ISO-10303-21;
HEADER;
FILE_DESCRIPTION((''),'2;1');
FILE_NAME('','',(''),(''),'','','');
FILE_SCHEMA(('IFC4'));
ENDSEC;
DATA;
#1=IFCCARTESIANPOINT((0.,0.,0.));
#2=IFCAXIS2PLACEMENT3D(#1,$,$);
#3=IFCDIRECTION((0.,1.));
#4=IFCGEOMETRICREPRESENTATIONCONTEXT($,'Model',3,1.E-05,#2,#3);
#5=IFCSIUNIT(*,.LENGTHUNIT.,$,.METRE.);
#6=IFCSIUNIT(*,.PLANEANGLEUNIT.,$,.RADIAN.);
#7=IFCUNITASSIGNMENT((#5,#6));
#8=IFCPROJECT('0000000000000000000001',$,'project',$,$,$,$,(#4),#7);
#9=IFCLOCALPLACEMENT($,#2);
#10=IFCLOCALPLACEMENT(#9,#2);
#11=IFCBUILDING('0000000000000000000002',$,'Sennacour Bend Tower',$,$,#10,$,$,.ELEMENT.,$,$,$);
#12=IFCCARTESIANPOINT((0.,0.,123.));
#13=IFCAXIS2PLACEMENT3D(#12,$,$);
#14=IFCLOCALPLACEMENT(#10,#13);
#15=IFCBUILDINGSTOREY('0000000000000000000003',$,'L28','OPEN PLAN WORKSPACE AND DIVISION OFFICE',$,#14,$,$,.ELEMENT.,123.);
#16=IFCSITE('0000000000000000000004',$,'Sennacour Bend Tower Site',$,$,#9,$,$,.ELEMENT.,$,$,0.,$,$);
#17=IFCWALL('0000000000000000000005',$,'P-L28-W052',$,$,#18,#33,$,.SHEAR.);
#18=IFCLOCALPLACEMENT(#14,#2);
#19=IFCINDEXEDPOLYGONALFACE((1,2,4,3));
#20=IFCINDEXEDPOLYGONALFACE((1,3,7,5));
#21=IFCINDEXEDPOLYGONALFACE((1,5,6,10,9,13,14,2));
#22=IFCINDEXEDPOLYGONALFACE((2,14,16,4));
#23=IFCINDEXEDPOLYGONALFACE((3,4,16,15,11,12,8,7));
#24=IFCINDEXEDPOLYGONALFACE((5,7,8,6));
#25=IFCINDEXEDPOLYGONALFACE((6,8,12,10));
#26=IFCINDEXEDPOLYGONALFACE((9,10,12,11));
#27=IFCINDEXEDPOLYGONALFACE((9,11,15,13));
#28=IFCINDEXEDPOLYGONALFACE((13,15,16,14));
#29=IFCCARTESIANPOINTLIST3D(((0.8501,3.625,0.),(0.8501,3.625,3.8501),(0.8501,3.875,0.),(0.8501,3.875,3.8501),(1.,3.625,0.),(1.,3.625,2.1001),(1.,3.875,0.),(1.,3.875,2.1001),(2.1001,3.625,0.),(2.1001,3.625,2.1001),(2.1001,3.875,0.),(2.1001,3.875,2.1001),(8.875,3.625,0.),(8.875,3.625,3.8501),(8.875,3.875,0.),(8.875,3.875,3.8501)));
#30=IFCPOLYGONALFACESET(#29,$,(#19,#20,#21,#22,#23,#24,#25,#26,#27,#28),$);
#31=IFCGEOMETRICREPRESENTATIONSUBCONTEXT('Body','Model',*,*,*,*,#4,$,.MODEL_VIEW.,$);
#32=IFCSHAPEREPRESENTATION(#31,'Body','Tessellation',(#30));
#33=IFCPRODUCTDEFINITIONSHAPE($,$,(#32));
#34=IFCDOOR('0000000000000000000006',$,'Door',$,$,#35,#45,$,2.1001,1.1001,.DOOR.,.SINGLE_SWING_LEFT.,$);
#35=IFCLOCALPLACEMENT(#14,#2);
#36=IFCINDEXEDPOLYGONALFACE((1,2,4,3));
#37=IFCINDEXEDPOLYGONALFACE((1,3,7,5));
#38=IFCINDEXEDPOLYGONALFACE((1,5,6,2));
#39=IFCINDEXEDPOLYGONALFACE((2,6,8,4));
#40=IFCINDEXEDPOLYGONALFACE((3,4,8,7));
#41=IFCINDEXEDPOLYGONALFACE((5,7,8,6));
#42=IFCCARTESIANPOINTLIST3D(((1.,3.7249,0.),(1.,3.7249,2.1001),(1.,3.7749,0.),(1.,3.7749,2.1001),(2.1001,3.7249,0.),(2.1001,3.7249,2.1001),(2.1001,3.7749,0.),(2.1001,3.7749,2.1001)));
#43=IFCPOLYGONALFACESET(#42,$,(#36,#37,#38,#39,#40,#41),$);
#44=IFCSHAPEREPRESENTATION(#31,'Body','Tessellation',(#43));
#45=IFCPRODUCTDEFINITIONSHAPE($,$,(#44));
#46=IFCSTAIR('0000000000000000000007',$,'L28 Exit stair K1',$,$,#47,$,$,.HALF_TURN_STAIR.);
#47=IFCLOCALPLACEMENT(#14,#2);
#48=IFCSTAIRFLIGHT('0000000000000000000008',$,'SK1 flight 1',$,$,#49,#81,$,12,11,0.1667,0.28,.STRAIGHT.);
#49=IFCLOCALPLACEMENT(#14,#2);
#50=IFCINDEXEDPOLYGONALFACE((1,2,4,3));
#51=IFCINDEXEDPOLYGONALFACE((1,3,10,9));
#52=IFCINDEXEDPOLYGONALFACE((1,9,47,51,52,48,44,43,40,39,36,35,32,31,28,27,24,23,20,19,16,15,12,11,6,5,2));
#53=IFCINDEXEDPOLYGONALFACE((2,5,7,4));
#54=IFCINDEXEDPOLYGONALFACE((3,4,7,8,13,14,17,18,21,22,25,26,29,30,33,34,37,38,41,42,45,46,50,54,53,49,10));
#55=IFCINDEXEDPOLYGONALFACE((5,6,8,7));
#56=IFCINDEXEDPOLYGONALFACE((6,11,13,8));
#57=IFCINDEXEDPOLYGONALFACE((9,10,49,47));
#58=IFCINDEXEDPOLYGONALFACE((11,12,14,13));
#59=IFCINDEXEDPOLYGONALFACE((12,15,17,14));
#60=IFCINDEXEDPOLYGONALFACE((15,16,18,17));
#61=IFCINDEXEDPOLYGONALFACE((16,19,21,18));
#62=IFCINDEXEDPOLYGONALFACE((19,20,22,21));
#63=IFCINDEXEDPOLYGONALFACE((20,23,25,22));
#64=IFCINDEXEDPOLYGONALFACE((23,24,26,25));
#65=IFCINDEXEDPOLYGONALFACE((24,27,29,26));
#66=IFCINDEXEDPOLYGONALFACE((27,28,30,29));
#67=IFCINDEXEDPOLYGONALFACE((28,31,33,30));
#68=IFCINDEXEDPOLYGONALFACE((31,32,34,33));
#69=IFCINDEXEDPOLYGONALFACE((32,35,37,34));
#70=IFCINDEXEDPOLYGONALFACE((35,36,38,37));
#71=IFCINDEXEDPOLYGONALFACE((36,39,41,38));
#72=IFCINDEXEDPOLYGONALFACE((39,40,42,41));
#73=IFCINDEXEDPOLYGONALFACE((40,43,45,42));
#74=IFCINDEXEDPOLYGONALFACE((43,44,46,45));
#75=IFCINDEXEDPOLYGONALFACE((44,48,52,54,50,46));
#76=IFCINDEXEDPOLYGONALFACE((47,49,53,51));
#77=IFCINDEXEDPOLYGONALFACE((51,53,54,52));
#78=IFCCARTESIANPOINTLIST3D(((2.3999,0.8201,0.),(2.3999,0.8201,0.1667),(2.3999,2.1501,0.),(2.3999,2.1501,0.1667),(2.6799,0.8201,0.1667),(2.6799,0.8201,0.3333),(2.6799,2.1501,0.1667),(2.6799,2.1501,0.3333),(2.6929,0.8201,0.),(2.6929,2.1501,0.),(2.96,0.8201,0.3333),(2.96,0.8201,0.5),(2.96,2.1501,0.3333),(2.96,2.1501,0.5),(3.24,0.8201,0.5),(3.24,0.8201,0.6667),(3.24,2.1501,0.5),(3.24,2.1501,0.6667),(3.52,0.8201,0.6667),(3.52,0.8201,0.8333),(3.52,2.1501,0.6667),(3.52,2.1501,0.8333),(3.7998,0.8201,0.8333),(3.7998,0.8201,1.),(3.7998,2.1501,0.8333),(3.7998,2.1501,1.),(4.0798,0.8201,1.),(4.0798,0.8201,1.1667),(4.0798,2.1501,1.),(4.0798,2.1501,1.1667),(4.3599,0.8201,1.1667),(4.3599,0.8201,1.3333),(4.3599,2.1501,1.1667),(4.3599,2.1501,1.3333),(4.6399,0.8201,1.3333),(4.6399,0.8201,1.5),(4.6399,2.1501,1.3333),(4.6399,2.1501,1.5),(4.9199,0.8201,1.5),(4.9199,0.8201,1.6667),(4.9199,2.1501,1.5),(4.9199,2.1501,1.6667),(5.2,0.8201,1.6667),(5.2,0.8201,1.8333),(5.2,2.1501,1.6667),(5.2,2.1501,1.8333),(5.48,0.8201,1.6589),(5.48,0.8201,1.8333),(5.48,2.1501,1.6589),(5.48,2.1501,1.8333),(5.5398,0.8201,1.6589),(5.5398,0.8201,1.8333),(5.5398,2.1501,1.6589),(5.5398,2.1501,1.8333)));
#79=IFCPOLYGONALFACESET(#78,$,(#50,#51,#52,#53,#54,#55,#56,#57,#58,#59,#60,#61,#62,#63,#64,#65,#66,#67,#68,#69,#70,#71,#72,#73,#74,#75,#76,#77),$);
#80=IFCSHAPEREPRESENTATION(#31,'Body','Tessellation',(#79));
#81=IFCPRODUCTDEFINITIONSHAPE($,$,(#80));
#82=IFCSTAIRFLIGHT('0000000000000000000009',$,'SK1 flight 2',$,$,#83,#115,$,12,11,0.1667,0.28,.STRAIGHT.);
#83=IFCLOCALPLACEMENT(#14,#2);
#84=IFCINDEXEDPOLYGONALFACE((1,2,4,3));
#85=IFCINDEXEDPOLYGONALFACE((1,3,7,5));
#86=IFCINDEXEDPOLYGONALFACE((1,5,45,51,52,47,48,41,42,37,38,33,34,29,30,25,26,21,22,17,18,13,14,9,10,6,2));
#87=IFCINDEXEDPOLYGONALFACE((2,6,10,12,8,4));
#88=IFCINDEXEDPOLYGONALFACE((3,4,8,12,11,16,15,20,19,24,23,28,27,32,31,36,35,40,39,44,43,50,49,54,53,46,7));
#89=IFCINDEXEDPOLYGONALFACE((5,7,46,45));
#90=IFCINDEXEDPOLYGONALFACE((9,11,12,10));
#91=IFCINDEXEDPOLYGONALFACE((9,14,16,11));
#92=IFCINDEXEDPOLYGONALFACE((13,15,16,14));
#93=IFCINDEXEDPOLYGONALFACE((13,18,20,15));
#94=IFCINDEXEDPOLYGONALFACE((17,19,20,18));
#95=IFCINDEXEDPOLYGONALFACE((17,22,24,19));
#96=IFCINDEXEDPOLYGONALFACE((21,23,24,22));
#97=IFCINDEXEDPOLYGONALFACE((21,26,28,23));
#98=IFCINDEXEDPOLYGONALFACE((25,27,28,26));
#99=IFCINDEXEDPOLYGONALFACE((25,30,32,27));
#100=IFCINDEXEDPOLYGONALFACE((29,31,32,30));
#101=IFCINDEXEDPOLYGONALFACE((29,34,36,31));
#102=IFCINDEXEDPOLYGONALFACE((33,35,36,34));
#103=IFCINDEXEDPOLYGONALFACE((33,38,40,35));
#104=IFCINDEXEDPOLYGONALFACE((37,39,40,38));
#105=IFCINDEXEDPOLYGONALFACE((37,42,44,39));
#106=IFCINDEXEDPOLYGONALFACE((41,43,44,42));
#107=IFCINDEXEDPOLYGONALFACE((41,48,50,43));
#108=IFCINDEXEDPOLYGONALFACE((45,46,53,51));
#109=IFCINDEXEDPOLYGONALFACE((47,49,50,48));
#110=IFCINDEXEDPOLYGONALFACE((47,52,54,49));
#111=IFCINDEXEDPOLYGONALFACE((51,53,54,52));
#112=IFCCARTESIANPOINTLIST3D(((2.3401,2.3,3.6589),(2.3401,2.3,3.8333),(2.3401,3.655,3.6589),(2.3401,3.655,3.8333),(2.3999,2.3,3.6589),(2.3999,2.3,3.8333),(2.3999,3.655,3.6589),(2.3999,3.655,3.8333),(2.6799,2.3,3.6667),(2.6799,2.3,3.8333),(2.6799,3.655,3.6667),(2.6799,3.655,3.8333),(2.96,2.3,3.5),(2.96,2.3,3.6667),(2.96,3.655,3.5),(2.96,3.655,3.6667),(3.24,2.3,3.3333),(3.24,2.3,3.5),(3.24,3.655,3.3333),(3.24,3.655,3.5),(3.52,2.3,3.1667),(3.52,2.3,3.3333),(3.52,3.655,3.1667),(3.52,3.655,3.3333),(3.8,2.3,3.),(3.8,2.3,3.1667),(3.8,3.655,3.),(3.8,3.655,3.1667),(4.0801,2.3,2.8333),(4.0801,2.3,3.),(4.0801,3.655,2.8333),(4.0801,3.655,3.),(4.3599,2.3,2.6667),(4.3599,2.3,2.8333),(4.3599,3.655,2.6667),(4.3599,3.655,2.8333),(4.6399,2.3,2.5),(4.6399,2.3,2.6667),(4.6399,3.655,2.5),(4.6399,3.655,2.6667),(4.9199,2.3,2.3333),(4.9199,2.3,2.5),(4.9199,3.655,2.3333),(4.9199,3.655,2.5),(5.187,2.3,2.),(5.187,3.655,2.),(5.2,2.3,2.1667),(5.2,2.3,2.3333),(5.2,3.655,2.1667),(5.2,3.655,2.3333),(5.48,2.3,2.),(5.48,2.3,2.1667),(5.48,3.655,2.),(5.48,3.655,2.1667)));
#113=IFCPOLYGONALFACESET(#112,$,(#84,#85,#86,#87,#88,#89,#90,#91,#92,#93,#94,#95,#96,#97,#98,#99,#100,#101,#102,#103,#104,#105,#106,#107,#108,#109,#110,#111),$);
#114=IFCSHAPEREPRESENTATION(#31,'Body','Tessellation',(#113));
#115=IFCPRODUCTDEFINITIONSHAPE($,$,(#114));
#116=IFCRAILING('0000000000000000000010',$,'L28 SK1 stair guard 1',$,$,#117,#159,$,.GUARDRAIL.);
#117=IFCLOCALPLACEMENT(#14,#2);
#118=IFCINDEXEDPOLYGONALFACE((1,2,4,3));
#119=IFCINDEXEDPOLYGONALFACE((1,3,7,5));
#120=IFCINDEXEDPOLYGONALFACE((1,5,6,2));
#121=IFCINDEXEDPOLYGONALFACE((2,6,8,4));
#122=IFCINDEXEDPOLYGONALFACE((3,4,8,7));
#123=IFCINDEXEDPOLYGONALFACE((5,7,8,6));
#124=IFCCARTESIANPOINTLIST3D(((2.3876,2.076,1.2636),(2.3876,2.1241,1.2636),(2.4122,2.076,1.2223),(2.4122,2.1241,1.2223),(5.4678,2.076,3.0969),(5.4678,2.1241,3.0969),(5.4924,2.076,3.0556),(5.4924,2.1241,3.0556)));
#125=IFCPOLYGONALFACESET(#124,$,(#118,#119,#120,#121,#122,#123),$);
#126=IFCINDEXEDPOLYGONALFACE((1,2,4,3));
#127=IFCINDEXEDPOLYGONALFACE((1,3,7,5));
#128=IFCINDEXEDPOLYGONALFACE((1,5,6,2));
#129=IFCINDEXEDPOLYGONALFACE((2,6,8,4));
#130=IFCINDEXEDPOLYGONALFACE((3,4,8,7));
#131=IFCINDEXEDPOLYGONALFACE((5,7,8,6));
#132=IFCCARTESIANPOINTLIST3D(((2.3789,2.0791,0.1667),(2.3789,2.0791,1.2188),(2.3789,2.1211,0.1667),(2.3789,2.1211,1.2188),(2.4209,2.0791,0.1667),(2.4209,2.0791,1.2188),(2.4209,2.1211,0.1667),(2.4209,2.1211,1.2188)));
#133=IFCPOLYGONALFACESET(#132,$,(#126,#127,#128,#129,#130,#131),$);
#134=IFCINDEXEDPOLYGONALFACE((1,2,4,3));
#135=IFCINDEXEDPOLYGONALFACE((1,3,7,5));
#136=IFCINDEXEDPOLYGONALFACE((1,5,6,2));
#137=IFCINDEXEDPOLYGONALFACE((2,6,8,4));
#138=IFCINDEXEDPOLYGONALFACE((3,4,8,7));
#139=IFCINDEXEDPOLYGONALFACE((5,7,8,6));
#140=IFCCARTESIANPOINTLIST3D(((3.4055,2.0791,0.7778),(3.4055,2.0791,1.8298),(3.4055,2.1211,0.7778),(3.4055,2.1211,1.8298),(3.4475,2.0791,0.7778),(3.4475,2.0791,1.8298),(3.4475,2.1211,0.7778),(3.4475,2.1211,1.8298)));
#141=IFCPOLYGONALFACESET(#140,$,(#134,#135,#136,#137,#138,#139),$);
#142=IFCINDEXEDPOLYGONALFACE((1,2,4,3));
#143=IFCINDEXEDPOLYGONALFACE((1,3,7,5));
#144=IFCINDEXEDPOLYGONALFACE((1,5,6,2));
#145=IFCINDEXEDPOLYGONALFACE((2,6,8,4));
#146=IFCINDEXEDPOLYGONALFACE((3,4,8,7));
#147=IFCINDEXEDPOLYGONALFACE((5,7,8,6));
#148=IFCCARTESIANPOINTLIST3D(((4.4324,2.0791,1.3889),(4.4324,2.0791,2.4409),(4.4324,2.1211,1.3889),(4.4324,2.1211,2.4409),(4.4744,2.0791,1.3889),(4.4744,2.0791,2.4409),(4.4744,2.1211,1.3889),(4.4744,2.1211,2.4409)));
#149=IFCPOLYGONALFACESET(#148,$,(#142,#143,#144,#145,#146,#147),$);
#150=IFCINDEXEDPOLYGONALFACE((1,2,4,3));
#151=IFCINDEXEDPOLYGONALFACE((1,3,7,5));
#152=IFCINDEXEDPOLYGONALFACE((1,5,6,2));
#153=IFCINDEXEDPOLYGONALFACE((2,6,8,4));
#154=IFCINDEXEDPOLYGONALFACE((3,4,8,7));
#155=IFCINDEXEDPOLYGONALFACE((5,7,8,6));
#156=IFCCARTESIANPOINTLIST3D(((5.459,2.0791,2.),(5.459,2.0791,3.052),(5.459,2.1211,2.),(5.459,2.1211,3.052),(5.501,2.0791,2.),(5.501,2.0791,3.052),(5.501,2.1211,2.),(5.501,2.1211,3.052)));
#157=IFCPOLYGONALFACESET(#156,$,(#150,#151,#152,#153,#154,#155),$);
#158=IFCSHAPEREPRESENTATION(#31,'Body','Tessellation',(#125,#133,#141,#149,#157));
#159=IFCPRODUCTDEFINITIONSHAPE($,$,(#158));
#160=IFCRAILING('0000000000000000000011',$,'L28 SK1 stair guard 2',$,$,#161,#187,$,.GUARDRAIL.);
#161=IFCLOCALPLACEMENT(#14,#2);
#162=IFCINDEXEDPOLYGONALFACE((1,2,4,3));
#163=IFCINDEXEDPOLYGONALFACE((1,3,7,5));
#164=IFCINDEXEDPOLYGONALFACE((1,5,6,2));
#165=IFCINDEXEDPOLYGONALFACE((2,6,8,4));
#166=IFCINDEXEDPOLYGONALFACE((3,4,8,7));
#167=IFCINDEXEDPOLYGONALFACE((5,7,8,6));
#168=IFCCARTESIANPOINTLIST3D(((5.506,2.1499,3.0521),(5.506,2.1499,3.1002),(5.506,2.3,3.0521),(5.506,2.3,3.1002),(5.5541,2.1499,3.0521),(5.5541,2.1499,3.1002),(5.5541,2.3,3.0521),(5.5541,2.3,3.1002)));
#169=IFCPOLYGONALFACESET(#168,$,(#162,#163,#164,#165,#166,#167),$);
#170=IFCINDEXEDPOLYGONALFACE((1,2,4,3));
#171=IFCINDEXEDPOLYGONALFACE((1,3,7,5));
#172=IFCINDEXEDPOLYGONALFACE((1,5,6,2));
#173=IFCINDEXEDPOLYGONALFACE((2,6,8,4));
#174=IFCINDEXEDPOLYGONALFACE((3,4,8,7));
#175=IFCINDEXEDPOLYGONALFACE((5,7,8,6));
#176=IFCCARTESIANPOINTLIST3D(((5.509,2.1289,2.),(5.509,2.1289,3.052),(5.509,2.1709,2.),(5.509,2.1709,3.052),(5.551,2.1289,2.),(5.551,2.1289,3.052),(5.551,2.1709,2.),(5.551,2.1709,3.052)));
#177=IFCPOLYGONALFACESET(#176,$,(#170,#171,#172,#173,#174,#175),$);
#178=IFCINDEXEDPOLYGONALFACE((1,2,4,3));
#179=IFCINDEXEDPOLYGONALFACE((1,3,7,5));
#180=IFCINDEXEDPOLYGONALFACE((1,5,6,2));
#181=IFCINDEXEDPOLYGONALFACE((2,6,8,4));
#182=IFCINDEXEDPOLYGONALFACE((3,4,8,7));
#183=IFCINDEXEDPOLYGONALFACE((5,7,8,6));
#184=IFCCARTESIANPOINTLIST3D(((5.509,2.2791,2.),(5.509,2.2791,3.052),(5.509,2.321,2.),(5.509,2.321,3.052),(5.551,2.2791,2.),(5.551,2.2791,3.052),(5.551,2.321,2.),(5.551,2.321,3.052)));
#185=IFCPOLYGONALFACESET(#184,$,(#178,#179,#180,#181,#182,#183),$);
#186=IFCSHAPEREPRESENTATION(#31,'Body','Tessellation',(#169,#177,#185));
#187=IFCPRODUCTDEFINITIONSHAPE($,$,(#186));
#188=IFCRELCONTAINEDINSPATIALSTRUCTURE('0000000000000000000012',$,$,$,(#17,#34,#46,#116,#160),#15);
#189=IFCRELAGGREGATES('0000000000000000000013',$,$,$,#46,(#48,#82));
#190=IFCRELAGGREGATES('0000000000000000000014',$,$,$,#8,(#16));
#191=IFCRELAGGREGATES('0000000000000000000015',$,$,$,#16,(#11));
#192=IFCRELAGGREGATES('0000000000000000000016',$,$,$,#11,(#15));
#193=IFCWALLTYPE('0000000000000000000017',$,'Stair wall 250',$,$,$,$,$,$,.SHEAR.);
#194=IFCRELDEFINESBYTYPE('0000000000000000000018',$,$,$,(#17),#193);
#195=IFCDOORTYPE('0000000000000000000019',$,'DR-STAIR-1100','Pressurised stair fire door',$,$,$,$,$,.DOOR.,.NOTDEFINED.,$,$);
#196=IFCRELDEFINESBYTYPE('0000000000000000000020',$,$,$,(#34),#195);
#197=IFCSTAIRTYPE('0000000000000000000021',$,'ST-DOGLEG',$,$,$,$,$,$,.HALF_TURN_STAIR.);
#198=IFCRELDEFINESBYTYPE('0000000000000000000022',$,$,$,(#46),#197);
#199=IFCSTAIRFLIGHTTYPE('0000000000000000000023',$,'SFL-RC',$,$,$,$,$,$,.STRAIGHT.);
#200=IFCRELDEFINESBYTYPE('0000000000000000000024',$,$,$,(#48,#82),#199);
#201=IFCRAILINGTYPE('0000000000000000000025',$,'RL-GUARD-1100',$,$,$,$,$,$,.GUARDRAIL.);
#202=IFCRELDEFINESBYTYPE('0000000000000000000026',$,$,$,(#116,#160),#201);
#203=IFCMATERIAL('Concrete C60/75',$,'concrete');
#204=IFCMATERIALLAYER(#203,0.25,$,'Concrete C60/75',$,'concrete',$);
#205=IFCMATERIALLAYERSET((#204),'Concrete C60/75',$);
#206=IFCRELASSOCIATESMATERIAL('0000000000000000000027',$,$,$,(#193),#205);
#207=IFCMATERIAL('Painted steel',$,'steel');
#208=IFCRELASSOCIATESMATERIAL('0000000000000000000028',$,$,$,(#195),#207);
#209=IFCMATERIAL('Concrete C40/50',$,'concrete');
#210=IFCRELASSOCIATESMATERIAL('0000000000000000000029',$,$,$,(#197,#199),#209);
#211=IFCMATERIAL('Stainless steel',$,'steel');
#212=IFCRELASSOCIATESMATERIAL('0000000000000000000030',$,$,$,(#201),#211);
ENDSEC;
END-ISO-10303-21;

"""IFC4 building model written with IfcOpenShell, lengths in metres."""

from ifc_helpers import new_model, si_unit, direction, frame, frame_2d, origin, origin_2d, place, context, subcontext, project, spatial, polyline, rectangle, outline, extrude, material, layer, layer_set, type_object, element, fill, aggregate, save


model = new_model("IFC4")

# Units and contexts
model_context = context("Model", 3, precision=1e-05, world=origin(), true_north=direction((0.0, 1.0)))
body_context = subcontext(model_context, "Body", "Model", "MODEL_VIEW")
ifc_project = project(units=[si_unit("LENGTHUNIT", "METRE"), si_unit("PLANEANGLEUNIT", "RADIAN")], contexts=[model_context])

# Site, building, storey
site_placement = place(None, origin())
site = spatial("IfcSite", under=ifc_project, at=site_placement, Name="Sennacour Bend Tower Site", CompositionType="ELEMENT", RefElevation=0.0)
building_placement = place(site_placement, origin())
building = spatial("IfcBuilding", under=site, at=building_placement, Name="Sennacour Bend Tower", CompositionType="ELEMENT")
storey_placement = place(building_placement, frame((0.0, 0.0, 123.0)))
storey = spatial("IfcBuildingStorey", under=building, at=storey_placement, Name="L28", Description="OPEN PLAN WORKSPACE AND DIVISION OFFICE", CompositionType="ELEMENT", Elevation=123.0)

# Shared definitions
ifc_material_1 = material(Name="Concrete C60/75", Category="concrete")
ifc_layer_1 = layer(ifc_material_1, 0.25, Name="Concrete C60/75", Category="concrete")
ifc_layer_set_1 = layer_set([ifc_layer_1], Name="Concrete C60/75")
wall_type_1 = type_object("IfcWallType", Name="Stair wall 250", PredefinedType="SHEAR", material=ifc_layer_set_1)

# Wall, opening, door
wall_1_placement = place(storey_placement, frame((0.8501, 3.75, 0.0), z_axis=(0.0, 0.0, 1.0), x_axis=(1.0, 0.0, 0.0)))
wall_1 = element("IfcWall", 1, at=wall_1_placement, inside=storey, type_object=wall_type_1, Name="P-L28-W052", PredefinedType="SHEAR", context=body_context, shape_type="SweptSolid", body=[
    extrude(rectangle(XDim=8.0249, YDim=0.25, at=frame_2d((4.0125, 0.0))), origin(), (0.0, 0.0, 1.0), 3.8501),
])
opening_1_placement = place(wall_1_placement, frame((0.1499, 0.0, 0.0)))
opening_1 = element("IfcOpeningElement", 2, at=opening_1_placement, cuts=wall_1, PredefinedType="OPENING", context=body_context, shape_type="SweptSolid", body=[
    extrude(rectangle(XDim=1.1001, YDim=2.1001, at=frame_2d((0.55, 1.05))), frame((0.0, 0.135, 0.0), z_axis=(0.0, -1.0, 0.0), x_axis=(1.0, 0.0, 0.0)), (0.0, 0.0, 1.0), 0.27),
])
ifc_material_2 = material(Name="Painted steel", Category="steel")
door_type = type_object("IfcDoorType", Name="DR-STAIR-1100", Description="Pressurised stair fire door", OperationType="NOTDEFINED", PredefinedType="DOOR", material=ifc_material_2)
door_placement = place(opening_1_placement, origin())
door = element("IfcDoor", 3, at=door_placement, inside=storey, type_object=door_type, Name="Door", OperationType="SINGLE_SWING_LEFT", OverallHeight=2.1001, OverallWidth=1.1001, PredefinedType="DOOR", context=body_context, shape_type="SweptSolid", body=[
    extrude(rectangle(XDim=1.1001, YDim=2.1001, at=frame_2d((0.55, 1.05))), frame((0.0, 0.0249, 0.0), z_axis=(0.0, -1.0, 0.0), x_axis=(1.0, 0.0, 0.0)), (0.0, 0.0, 1.0), 0.05),
])
fill(opening_1, door)

# Stair, stair flights
ifc_material_3 = material(Name="Concrete C40/50", Category="concrete")
stair_type = type_object("IfcStairType", Name="ST-DOGLEG", PredefinedType="HALF_TURN_STAIR", material=ifc_material_3)
stair_placement = place(storey_placement, origin())
stair = element("IfcStair", 4, at=stair_placement, inside=storey, type_object=stair_type, Name="L28 Exit stair K1", PredefinedType="HALF_TURN_STAIR")
stair_flight_type = type_object("IfcStairFlightType", Name="SFL-RC", PredefinedType="STRAIGHT", material=ifc_material_3)
stair_flight_1_placement = place(storey_placement, frame((2.3999, 1.4851, 0.0), z_axis=(0.0, 0.0, 1.0), x_axis=(1.0, 0.0, 0.0)))
stair_flight_1 = element("IfcStairFlight", 5, at=stair_flight_1_placement, type_object=stair_flight_type, Name="SK1 flight 1", NumberOfRisers=12, NumberOfTreads=11, PredefinedType="STRAIGHT", RiserHeight=0.1667, TreadLength=0.28, context=body_context, shape_type="SweptSolid", body=[
    extrude(outline(polyline([(0.0, 0.0), (0.0, 0.1667), (0.28, 0.1667), (0.28, 0.3333), (0.5601, 0.3333), (0.5601, 0.5), (0.8401, 0.5), (0.8401, 0.6667), (1.1201, 0.6667), (1.1201, 0.8333), (1.3999, 0.8333), (1.3999, 1.0), (1.6799, 1.0), (1.6799, 1.1667), (1.96, 1.1667), (1.96, 1.3333), (2.24, 1.3333), (2.24, 1.5), (2.52, 1.5), (2.52, 1.6667), (2.8, 1.6667), (2.8, 1.8333), (3.0801, 1.8333), (3.1399, 1.8333), (3.1399, 1.6589), (3.0801, 1.6589), (0.293, 0.0), (0.0, 0.0)])), frame((0.0, 0.665, 0.0), z_axis=(0.0, -1.0, 0.0), x_axis=(1.0, 0.0, 0.0)), (0.0, 0.0, 1.0), 1.3301),
])
stair_flight_2_placement = place(storey_placement, frame((5.48, 2.9775, 2.0), z_axis=(0.0, 0.0, 1.0), x_axis=(-1.0, 0.0, 0.0)))
stair_flight_2 = element("IfcStairFlight", 6, at=stair_flight_2_placement, type_object=stair_flight_type, Name="SK1 flight 2", NumberOfRisers=12, NumberOfTreads=11, PredefinedType="STRAIGHT", RiserHeight=0.1667, TreadLength=0.28, context=body_context, shape_type="SweptSolid", body=[
    extrude(outline(polyline([(0.0, 0.0), (0.0, 0.1667), (0.28, 0.1667), (0.28, 0.3333), (0.5601, 0.3333), (0.5601, 0.5), (0.8401, 0.5), (0.8401, 0.6667), (1.1201, 0.6667), (1.1201, 0.8333), (1.3999, 0.8333), (1.3999, 1.0), (1.6799, 1.0), (1.6799, 1.1667), (1.96, 1.1667), (1.96, 1.3333), (2.24, 1.3333), (2.24, 1.5), (2.52, 1.5), (2.52, 1.6667), (2.8, 1.6667), (2.8, 1.8333), (3.0801, 1.8333), (3.1399, 1.8333), (3.1399, 1.6589), (3.0801, 1.6589), (0.293, 0.0), (0.0, 0.0)])), frame((0.0, 0.6775, 0.0), z_axis=(0.0, -1.0, 0.0), x_axis=(1.0, 0.0, 0.0)), (0.0, 0.0, 1.0), 1.355),
])
aggregate(stair, [stair_flight_1, stair_flight_2])

# Railings
ifc_material_4 = material(Name="Stainless steel", Category="steel")
railing_type_1 = type_object("IfcRailingType", Name="RL-GUARD-1100", PredefinedType="GUARDRAIL", material=ifc_material_4)
railing_1_placement = place(storey_placement, frame((2.3999, 2.1001, 0.1667)))
element("IfcRailing", 7, at=railing_1_placement, inside=storey, type_object=railing_type_1, Name="L28 SK1 stair guard 1", PredefinedType="GUARDRAIL", context=body_context, shape_type="SweptSolid", body=[
    extrude(rectangle(XDim=0.0481, YDim=0.0481, at=origin_2d()), frame((0.0, 0.0, 1.0762), z_axis=(0.859309, 0.0, 0.511458), x_axis=(0.0, 1.0, 0.0)), (0.0, 0.0, 1.0), 3.5845),
    extrude(rectangle(XDim=0.042, YDim=0.042, at=origin_2d()), origin(), (0.0, 0.0, 1.0), 1.052),
    extrude(rectangle(XDim=0.042, YDim=0.042, at=origin_2d()), frame((1.0266, 0.0, 0.6111)), (0.0, 0.0, 1.0), 1.052),
    extrude(rectangle(XDim=0.042, YDim=0.042, at=origin_2d()), frame((2.0535, 0.0, 1.2222)), (0.0, 0.0, 1.0), 1.052),
    extrude(rectangle(XDim=0.042, YDim=0.042, at=origin_2d()), frame((3.0801, 0.0, 1.8333)), (0.0, 0.0, 1.0), 1.052),
])
railing_2_placement = place(storey_placement, frame((5.53, 2.1499, 2.0)))
element("IfcRailing", 8, at=railing_2_placement, inside=storey, type_object=railing_type_1, Name="L28 SK1 stair guard 2", PredefinedType="GUARDRAIL", context=body_context, shape_type="SweptSolid", body=[
    extrude(rectangle(XDim=0.0481, YDim=0.0481, at=origin_2d()), frame((0.0, 0.0, 1.0762), z_axis=(0.0, 1.0, 0.0), x_axis=(-1.0, 0.0, 0.0)), (0.0, 0.0, 1.0), 0.1501),
    extrude(rectangle(XDim=0.042, YDim=0.042, at=origin_2d()), origin(), (0.0, 0.0, 1.0), 1.052),
    extrude(rectangle(XDim=0.042, YDim=0.042, at=origin_2d()), frame((0.0, 0.1501, 0.0)), (0.0, 0.0, 1.0), 1.052),
])

save(model, "model.ifc")
